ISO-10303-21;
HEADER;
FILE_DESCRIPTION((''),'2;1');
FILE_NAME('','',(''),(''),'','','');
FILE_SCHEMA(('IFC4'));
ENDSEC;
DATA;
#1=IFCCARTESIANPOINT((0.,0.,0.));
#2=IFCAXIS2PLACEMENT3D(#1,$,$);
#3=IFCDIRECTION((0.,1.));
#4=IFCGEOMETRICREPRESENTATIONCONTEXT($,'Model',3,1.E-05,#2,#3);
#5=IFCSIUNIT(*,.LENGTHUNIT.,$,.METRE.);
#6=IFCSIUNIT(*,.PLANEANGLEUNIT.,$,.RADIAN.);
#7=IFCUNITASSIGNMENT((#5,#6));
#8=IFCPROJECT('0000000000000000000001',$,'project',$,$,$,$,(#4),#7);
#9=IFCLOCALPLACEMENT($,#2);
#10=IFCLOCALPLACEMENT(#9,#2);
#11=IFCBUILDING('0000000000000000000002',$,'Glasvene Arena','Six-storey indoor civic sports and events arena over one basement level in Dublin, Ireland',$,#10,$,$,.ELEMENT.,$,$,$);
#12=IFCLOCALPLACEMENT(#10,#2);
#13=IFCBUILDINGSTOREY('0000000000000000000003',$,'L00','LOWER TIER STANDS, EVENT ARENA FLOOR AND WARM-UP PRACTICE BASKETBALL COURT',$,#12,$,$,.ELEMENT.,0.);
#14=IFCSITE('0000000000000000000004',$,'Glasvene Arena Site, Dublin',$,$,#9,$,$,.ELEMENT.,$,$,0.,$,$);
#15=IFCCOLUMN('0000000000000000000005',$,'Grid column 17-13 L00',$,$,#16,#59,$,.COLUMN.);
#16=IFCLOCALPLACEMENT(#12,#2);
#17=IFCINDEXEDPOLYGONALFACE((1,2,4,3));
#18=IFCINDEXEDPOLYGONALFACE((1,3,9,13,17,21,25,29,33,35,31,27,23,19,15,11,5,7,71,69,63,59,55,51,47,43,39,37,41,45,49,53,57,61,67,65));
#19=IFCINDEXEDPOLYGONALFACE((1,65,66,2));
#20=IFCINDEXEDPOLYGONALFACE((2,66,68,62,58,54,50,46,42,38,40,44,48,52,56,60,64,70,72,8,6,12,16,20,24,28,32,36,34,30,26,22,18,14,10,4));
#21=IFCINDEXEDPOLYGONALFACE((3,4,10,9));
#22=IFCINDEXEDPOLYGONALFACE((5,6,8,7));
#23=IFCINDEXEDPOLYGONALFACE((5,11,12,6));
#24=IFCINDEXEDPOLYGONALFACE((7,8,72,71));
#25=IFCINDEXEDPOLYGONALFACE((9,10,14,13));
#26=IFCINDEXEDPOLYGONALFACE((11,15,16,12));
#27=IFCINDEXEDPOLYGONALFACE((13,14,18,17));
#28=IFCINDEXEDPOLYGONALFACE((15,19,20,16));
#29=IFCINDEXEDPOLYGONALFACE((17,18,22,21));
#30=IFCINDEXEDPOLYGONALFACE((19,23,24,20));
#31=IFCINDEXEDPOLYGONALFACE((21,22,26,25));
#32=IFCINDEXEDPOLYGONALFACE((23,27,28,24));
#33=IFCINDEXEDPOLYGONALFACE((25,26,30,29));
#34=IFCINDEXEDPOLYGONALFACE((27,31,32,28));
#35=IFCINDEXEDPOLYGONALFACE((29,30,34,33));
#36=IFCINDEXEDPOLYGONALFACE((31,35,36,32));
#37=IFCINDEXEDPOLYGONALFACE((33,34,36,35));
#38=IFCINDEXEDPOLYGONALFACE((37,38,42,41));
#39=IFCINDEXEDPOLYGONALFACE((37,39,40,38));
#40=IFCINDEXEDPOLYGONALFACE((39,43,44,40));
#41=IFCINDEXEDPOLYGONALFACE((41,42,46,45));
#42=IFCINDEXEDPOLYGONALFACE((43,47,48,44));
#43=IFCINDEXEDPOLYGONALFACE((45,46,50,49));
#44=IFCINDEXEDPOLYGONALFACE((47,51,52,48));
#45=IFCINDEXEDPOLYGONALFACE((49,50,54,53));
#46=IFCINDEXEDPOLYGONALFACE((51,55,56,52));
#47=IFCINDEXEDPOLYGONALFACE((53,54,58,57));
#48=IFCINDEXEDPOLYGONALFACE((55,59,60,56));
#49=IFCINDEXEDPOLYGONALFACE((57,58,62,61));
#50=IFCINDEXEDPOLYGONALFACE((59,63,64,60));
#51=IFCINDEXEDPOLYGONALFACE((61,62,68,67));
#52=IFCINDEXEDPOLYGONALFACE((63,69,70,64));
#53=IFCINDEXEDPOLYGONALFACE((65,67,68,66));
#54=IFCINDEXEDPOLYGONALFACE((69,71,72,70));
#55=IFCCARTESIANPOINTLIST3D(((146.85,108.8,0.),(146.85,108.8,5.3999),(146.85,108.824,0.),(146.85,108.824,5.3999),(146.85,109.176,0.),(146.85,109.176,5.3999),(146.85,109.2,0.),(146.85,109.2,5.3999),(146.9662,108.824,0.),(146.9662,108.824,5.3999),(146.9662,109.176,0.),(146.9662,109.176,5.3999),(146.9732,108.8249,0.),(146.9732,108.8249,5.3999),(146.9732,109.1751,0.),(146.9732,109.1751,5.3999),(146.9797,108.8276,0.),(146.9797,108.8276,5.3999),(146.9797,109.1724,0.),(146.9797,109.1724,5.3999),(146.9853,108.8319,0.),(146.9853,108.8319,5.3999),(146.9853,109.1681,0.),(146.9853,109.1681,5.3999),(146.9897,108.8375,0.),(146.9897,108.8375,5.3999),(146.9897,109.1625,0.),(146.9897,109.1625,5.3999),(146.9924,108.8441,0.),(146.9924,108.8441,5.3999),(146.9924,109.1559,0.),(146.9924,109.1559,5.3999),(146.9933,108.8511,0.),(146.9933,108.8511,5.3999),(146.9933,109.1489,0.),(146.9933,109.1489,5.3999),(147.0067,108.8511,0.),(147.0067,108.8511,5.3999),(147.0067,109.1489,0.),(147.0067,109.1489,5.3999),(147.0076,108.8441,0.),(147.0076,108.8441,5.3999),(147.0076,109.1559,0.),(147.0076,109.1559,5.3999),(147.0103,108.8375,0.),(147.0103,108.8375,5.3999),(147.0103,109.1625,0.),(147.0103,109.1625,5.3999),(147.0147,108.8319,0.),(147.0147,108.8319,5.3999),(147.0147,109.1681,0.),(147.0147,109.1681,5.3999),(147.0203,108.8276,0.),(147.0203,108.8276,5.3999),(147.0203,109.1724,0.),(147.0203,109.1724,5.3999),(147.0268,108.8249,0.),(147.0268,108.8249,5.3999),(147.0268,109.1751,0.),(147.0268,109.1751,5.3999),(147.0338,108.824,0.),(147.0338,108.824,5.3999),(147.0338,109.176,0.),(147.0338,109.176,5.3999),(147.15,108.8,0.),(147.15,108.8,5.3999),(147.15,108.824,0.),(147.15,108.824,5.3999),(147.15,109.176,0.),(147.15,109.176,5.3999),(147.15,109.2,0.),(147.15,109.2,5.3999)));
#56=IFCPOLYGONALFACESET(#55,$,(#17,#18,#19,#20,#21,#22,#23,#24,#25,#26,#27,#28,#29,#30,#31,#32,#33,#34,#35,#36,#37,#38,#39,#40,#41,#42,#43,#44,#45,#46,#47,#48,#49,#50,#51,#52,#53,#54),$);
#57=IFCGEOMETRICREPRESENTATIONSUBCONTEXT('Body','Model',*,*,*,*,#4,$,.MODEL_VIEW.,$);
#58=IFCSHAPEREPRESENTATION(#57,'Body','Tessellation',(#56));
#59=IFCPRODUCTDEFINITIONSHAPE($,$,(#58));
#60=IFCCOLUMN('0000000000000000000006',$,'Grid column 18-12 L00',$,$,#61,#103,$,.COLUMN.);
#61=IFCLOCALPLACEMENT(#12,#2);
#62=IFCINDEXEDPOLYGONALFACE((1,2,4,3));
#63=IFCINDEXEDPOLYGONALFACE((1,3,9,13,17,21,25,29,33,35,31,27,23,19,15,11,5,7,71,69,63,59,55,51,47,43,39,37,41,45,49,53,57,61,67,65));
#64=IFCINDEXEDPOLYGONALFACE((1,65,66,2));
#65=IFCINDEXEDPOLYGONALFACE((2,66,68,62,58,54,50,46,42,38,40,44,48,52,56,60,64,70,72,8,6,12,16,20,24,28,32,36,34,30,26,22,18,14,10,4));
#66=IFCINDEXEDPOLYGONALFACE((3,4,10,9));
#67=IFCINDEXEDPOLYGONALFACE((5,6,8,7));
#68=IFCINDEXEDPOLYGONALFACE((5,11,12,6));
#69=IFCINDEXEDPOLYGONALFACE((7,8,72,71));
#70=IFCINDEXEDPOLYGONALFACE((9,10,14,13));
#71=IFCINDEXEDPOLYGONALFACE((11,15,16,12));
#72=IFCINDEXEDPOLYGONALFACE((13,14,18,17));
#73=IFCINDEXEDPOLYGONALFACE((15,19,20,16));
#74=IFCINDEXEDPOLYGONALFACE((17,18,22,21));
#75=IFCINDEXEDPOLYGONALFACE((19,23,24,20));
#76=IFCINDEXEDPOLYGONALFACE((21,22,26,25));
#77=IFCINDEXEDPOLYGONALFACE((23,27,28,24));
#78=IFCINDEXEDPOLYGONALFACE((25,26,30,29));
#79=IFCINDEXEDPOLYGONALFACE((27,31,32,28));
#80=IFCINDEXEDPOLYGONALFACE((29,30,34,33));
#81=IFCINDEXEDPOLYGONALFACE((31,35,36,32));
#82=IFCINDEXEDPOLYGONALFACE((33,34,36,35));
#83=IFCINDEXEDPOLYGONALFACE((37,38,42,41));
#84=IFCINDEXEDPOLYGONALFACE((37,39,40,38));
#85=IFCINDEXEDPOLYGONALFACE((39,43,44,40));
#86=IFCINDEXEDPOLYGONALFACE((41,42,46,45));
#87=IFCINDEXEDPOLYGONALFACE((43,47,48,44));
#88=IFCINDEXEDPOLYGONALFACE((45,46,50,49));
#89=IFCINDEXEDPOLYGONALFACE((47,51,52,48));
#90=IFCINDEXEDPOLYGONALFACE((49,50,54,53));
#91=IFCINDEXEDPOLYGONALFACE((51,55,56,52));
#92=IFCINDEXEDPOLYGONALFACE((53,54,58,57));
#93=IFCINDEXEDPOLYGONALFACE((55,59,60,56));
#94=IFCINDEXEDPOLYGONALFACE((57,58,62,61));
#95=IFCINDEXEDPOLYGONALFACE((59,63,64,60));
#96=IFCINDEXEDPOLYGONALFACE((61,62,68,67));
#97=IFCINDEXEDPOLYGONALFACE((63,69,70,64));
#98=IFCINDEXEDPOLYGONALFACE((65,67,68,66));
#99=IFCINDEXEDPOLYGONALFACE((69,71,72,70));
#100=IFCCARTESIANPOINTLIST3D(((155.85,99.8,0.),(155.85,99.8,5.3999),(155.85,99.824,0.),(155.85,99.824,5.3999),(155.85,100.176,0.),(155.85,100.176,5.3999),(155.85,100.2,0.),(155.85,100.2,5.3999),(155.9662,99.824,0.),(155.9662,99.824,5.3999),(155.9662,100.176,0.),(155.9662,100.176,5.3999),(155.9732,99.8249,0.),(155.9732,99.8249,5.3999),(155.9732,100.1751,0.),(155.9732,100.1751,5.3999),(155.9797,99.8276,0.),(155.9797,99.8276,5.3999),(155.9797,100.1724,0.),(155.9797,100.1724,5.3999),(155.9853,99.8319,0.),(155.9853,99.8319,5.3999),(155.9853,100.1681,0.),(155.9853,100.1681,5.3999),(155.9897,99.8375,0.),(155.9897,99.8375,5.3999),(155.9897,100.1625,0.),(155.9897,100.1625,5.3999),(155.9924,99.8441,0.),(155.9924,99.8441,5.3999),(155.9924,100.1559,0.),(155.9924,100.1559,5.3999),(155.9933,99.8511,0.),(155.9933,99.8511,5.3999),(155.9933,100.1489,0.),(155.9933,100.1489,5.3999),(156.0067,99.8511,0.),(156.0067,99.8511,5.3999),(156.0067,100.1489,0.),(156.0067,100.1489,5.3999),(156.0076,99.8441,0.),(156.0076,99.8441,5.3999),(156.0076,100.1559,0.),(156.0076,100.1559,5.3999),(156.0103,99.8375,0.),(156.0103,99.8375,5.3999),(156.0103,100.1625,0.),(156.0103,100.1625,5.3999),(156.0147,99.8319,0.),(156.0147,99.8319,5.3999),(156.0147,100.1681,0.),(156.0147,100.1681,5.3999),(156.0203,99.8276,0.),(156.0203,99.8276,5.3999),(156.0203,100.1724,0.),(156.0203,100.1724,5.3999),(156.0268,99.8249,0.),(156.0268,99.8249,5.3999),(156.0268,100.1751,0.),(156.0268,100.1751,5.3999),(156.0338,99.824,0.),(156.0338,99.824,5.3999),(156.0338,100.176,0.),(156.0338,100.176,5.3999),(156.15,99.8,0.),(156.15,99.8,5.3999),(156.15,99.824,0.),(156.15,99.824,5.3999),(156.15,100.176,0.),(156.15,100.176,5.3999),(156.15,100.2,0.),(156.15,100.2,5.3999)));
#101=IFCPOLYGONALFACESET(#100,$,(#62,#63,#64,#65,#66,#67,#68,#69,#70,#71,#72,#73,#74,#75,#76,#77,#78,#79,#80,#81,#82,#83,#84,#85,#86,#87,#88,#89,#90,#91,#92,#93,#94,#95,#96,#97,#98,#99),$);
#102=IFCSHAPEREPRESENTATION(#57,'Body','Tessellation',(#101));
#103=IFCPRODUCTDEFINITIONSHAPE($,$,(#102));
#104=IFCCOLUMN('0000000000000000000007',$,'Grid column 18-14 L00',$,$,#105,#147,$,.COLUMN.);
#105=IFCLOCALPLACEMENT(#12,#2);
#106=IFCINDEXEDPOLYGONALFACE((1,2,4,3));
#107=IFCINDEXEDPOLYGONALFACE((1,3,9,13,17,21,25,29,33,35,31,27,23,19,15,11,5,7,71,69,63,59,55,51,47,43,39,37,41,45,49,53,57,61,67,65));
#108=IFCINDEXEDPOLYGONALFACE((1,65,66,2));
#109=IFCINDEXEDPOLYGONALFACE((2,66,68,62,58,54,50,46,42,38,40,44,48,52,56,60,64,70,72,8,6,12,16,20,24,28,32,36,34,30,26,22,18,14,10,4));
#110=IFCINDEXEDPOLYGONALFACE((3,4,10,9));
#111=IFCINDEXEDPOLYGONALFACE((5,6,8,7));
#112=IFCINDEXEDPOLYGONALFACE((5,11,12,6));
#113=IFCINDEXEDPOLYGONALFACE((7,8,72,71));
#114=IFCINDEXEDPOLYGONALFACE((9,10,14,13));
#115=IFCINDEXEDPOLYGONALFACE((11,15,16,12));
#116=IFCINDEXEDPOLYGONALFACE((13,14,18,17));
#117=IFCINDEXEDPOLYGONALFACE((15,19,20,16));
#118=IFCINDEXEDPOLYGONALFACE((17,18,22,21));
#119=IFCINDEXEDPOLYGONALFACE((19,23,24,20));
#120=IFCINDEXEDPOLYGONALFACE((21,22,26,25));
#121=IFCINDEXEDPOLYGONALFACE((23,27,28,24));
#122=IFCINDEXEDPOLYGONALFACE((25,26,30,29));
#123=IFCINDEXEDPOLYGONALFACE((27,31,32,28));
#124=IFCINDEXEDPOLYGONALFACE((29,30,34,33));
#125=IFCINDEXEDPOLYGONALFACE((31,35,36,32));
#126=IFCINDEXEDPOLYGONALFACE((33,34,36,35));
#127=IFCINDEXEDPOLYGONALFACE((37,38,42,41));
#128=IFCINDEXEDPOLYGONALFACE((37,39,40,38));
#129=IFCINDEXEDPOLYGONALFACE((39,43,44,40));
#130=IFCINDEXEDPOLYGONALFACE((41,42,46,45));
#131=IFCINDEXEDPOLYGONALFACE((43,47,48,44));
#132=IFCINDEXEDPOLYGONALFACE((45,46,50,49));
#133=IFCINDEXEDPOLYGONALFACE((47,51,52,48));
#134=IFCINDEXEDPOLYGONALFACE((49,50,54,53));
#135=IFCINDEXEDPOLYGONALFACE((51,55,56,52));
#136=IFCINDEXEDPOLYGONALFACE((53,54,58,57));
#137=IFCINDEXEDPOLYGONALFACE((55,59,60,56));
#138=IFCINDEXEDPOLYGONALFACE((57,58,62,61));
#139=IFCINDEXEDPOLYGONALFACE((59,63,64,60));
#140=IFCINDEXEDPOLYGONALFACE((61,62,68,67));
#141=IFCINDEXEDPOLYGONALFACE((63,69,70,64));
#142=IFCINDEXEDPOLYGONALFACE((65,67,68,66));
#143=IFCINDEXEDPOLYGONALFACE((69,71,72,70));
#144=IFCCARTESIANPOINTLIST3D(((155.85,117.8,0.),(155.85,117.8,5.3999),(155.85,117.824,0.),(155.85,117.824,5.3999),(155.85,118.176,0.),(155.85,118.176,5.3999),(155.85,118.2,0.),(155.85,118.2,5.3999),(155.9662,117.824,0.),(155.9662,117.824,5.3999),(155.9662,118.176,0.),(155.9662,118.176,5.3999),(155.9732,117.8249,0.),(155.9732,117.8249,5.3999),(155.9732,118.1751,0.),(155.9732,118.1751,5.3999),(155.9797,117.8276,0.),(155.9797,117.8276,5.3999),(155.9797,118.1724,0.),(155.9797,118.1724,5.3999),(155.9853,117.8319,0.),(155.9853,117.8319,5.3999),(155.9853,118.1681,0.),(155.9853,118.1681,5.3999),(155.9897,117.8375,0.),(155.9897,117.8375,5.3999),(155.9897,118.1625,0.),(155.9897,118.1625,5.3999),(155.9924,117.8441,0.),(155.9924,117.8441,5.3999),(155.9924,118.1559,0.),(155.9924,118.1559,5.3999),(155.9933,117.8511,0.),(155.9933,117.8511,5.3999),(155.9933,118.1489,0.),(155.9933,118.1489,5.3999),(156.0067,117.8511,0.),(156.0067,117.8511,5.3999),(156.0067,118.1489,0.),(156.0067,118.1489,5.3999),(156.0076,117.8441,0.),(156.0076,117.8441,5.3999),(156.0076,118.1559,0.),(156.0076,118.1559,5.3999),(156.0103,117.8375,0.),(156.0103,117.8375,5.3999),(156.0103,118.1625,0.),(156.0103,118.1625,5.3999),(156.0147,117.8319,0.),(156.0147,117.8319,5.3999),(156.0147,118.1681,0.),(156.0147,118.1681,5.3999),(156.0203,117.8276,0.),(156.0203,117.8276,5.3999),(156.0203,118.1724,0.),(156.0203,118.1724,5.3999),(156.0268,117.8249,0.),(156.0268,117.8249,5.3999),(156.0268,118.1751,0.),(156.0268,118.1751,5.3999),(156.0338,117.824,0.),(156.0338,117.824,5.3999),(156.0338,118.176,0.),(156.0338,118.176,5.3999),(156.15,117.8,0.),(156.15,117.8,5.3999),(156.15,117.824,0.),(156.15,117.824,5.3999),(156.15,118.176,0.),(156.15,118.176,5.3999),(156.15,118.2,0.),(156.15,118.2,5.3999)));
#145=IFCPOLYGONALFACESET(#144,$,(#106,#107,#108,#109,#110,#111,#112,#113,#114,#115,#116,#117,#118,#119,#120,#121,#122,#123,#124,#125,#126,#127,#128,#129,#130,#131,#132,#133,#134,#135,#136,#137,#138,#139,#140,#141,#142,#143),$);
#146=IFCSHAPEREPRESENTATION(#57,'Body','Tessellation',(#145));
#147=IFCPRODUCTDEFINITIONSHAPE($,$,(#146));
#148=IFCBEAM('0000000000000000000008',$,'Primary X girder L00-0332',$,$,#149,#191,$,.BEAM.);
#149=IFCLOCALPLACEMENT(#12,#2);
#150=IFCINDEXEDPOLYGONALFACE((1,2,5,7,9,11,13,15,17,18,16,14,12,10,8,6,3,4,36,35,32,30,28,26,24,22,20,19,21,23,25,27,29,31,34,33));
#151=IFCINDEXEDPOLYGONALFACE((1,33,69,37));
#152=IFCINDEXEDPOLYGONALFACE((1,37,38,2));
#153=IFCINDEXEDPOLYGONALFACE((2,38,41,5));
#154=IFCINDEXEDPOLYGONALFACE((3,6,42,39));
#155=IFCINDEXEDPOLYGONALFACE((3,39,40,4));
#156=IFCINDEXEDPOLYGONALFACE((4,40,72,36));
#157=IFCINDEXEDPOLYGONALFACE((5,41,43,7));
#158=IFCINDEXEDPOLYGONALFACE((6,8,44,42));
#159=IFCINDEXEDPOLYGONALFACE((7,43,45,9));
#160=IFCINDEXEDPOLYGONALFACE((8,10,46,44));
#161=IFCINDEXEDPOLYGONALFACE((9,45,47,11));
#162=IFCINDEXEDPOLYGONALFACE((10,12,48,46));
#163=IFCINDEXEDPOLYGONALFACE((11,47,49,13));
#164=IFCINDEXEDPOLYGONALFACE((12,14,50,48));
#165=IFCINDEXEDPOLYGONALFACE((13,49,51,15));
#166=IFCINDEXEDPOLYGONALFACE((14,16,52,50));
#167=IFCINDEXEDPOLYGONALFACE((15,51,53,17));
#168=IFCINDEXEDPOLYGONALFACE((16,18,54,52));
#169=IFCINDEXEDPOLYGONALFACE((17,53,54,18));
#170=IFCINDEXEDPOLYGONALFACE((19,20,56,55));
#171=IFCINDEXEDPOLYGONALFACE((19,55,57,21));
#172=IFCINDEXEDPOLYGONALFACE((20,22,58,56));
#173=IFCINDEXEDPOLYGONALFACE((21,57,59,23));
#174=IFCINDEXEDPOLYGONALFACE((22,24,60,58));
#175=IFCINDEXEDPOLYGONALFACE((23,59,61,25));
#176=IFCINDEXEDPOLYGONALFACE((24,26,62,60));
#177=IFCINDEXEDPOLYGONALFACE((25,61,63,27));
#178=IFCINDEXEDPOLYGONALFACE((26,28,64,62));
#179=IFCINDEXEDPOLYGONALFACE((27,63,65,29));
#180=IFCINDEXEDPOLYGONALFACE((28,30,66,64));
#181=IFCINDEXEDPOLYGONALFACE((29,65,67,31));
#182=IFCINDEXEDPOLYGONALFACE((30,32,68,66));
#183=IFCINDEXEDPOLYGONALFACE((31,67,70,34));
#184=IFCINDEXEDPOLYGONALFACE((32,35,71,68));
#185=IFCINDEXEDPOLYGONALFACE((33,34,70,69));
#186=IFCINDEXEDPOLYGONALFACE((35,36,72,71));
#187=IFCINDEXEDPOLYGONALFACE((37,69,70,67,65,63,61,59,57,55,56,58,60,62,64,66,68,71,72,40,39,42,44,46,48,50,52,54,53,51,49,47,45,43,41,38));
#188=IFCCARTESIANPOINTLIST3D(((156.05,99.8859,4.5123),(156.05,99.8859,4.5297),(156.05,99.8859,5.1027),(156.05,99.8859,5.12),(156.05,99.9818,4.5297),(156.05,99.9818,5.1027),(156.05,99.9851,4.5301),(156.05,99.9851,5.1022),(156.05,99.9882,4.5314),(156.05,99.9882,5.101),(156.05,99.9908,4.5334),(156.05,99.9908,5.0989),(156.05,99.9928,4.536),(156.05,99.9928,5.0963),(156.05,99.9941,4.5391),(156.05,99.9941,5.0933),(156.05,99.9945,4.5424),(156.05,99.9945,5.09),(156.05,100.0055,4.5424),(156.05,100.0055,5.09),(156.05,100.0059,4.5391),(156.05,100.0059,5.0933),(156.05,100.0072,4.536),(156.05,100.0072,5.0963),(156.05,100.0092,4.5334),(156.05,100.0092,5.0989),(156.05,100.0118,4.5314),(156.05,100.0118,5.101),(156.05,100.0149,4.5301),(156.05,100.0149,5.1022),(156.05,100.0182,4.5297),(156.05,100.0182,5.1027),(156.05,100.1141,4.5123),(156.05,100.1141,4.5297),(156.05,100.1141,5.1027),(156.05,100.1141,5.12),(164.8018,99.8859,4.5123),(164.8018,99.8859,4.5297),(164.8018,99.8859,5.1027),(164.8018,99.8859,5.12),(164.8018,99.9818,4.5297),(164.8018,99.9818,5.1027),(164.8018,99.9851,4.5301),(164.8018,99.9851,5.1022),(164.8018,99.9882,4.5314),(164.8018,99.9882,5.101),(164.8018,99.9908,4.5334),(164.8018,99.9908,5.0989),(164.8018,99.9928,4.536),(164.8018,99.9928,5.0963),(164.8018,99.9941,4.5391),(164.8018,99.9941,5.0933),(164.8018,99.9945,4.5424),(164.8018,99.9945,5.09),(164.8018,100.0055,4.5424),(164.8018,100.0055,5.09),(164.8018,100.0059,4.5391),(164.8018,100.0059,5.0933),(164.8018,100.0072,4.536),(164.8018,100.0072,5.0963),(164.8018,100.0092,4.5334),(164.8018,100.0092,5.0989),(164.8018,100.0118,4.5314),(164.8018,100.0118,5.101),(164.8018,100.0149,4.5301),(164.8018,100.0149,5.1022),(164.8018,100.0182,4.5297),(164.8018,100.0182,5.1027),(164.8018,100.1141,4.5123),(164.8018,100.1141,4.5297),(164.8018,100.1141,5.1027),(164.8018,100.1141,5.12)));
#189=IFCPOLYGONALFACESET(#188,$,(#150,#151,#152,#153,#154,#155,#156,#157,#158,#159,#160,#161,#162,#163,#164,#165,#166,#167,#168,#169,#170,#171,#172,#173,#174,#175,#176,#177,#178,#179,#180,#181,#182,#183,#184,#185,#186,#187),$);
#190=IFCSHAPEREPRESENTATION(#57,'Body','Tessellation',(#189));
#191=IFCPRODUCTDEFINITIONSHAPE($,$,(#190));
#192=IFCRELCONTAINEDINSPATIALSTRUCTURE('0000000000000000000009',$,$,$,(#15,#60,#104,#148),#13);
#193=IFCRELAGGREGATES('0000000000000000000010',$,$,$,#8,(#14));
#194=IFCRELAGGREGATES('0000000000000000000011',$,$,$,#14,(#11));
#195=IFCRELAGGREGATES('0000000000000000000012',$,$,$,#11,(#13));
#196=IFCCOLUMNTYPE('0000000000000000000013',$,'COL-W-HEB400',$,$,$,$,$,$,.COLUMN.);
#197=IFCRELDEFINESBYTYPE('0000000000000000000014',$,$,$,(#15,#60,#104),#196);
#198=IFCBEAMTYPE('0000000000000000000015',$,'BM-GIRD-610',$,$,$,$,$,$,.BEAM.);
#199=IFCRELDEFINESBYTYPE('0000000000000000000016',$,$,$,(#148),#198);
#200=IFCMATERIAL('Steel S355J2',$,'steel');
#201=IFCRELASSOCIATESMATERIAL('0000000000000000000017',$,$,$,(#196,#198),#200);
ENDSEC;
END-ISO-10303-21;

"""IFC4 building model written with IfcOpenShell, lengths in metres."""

from ifc_helpers import new_model, si_unit, direction, frame, origin, origin_2d, place, context, subcontext, project, spatial, i_section, extrude, material, material_profile, profile_set, type_object, element, save


model = new_model("IFC4")

# Units and contexts
model_context = context("Model", 3, precision=1e-05, world=origin(), true_north=direction((0.0, 1.0)))
body_context = subcontext(model_context, "Body", "Model", "MODEL_VIEW")
ifc_project = project(units=[si_unit("LENGTHUNIT", "METRE"), si_unit("PLANEANGLEUNIT", "RADIAN")], contexts=[model_context])

# Site, building, storey
site_placement = place(None, origin())
site = spatial("IfcSite", under=ifc_project, at=site_placement, Name="Glasvene Arena Site, Dublin", CompositionType="ELEMENT", RefElevation=0.0)
building_placement = place(site_placement, origin())
building = spatial("IfcBuilding", under=site, at=building_placement, Name="Glasvene Arena", Description="Six-storey indoor civic sports and events arena over one basement level in Dublin, Ireland", CompositionType="ELEMENT")
storey_placement = place(building_placement, origin())
storey = spatial("IfcBuildingStorey", under=building, at=storey_placement, Name="L00", Description="LOWER TIER STANDS, EVENT ARENA FLOOR AND WARM-UP PRACTICE BASKETBALL COURT", CompositionType="ELEMENT", Elevation=0.0)

# Columns
ifc_material_1 = material(Name="Steel S355J2", Category="steel")
ifc_material_profile_1 = material_profile(ifc_material_1, i_section(OverallWidth=0.3, OverallDepth=0.3999, WebThickness=0.0134, FlangeThickness=0.0239, FilletRadius=0.0271, at=origin_2d()), Name="HEB 400")
ifc_profile_set_1 = profile_set([ifc_material_profile_1], Name="Steel S355J2")
column_type_1 = type_object("IfcColumnType", Name="COL-W-HEB400", PredefinedType="COLUMN", material=ifc_profile_set_1)
for number, where, z_axis, x_axis, name in (
    (1, (147.0, 109.0, 0.0), (0.0, 0.0, 1.0), (1.0, 0.0, 0.0), "Grid column 17-13 L00"),
    (2, (156.0, 100.0, 0.0), (0.0, 0.0, 1.0), (1.0, 0.0, 0.0), "Grid column 18-12 L00"),
    (3, (156.0, 118.0, 0.0), (0.0, 0.0, 1.0), (1.0, 0.0, 0.0), "Grid column 18-14 L00"),
):
    element("IfcColumn", number, at=place(storey_placement, frame(where, z_axis=z_axis, x_axis=x_axis)), inside=storey, type_object=column_type_1, Name=name, PredefinedType="COLUMN", context=body_context, shape_type="SweptSolid", body=[
        extrude(i_section(OverallWidth=0.3, OverallDepth=0.3999, WebThickness=0.0134, FlangeThickness=0.0239, FilletRadius=0.0271, at=origin_2d()), origin(), (0.0, 0.0, 1.0), 5.3999),
    ])

# Beam
ifc_material_profile_2 = material_profile(ifc_material_1, i_section(OverallWidth=0.2283, OverallDepth=0.6077, WebThickness=0.011, FlangeThickness=0.0173, FilletRadius=0.0127, at=origin_2d()), Name="UKB 610x229x113")
ifc_profile_set_2 = profile_set([ifc_material_profile_2], Name="Steel S355J2")
beam_type_1 = type_object("IfcBeamType", Name="BM-GIRD-610", PredefinedType="BEAM", material=ifc_profile_set_2)
for number, where, z_axis, x_axis, name in (
    (4, (156.05, 100.0, 4.8162), (1.0, 0.0, 0.0), (0.0, 1.0, 0.0), "Primary X girder L00-0332"),
):
    element("IfcBeam", number, at=place(storey_placement, frame(where, z_axis=z_axis, x_axis=x_axis)), inside=storey, type_object=beam_type_1, Name=name, PredefinedType="BEAM", context=body_context, shape_type="SweptSolid", body=[
        extrude(i_section(OverallWidth=0.2283, OverallDepth=0.6077, WebThickness=0.011, FlangeThickness=0.0173, FilletRadius=0.0127, at=origin_2d()), origin(), (0.0, 0.0, 1.0), 8.7517),
    ])

save(model, "model.ifc")
